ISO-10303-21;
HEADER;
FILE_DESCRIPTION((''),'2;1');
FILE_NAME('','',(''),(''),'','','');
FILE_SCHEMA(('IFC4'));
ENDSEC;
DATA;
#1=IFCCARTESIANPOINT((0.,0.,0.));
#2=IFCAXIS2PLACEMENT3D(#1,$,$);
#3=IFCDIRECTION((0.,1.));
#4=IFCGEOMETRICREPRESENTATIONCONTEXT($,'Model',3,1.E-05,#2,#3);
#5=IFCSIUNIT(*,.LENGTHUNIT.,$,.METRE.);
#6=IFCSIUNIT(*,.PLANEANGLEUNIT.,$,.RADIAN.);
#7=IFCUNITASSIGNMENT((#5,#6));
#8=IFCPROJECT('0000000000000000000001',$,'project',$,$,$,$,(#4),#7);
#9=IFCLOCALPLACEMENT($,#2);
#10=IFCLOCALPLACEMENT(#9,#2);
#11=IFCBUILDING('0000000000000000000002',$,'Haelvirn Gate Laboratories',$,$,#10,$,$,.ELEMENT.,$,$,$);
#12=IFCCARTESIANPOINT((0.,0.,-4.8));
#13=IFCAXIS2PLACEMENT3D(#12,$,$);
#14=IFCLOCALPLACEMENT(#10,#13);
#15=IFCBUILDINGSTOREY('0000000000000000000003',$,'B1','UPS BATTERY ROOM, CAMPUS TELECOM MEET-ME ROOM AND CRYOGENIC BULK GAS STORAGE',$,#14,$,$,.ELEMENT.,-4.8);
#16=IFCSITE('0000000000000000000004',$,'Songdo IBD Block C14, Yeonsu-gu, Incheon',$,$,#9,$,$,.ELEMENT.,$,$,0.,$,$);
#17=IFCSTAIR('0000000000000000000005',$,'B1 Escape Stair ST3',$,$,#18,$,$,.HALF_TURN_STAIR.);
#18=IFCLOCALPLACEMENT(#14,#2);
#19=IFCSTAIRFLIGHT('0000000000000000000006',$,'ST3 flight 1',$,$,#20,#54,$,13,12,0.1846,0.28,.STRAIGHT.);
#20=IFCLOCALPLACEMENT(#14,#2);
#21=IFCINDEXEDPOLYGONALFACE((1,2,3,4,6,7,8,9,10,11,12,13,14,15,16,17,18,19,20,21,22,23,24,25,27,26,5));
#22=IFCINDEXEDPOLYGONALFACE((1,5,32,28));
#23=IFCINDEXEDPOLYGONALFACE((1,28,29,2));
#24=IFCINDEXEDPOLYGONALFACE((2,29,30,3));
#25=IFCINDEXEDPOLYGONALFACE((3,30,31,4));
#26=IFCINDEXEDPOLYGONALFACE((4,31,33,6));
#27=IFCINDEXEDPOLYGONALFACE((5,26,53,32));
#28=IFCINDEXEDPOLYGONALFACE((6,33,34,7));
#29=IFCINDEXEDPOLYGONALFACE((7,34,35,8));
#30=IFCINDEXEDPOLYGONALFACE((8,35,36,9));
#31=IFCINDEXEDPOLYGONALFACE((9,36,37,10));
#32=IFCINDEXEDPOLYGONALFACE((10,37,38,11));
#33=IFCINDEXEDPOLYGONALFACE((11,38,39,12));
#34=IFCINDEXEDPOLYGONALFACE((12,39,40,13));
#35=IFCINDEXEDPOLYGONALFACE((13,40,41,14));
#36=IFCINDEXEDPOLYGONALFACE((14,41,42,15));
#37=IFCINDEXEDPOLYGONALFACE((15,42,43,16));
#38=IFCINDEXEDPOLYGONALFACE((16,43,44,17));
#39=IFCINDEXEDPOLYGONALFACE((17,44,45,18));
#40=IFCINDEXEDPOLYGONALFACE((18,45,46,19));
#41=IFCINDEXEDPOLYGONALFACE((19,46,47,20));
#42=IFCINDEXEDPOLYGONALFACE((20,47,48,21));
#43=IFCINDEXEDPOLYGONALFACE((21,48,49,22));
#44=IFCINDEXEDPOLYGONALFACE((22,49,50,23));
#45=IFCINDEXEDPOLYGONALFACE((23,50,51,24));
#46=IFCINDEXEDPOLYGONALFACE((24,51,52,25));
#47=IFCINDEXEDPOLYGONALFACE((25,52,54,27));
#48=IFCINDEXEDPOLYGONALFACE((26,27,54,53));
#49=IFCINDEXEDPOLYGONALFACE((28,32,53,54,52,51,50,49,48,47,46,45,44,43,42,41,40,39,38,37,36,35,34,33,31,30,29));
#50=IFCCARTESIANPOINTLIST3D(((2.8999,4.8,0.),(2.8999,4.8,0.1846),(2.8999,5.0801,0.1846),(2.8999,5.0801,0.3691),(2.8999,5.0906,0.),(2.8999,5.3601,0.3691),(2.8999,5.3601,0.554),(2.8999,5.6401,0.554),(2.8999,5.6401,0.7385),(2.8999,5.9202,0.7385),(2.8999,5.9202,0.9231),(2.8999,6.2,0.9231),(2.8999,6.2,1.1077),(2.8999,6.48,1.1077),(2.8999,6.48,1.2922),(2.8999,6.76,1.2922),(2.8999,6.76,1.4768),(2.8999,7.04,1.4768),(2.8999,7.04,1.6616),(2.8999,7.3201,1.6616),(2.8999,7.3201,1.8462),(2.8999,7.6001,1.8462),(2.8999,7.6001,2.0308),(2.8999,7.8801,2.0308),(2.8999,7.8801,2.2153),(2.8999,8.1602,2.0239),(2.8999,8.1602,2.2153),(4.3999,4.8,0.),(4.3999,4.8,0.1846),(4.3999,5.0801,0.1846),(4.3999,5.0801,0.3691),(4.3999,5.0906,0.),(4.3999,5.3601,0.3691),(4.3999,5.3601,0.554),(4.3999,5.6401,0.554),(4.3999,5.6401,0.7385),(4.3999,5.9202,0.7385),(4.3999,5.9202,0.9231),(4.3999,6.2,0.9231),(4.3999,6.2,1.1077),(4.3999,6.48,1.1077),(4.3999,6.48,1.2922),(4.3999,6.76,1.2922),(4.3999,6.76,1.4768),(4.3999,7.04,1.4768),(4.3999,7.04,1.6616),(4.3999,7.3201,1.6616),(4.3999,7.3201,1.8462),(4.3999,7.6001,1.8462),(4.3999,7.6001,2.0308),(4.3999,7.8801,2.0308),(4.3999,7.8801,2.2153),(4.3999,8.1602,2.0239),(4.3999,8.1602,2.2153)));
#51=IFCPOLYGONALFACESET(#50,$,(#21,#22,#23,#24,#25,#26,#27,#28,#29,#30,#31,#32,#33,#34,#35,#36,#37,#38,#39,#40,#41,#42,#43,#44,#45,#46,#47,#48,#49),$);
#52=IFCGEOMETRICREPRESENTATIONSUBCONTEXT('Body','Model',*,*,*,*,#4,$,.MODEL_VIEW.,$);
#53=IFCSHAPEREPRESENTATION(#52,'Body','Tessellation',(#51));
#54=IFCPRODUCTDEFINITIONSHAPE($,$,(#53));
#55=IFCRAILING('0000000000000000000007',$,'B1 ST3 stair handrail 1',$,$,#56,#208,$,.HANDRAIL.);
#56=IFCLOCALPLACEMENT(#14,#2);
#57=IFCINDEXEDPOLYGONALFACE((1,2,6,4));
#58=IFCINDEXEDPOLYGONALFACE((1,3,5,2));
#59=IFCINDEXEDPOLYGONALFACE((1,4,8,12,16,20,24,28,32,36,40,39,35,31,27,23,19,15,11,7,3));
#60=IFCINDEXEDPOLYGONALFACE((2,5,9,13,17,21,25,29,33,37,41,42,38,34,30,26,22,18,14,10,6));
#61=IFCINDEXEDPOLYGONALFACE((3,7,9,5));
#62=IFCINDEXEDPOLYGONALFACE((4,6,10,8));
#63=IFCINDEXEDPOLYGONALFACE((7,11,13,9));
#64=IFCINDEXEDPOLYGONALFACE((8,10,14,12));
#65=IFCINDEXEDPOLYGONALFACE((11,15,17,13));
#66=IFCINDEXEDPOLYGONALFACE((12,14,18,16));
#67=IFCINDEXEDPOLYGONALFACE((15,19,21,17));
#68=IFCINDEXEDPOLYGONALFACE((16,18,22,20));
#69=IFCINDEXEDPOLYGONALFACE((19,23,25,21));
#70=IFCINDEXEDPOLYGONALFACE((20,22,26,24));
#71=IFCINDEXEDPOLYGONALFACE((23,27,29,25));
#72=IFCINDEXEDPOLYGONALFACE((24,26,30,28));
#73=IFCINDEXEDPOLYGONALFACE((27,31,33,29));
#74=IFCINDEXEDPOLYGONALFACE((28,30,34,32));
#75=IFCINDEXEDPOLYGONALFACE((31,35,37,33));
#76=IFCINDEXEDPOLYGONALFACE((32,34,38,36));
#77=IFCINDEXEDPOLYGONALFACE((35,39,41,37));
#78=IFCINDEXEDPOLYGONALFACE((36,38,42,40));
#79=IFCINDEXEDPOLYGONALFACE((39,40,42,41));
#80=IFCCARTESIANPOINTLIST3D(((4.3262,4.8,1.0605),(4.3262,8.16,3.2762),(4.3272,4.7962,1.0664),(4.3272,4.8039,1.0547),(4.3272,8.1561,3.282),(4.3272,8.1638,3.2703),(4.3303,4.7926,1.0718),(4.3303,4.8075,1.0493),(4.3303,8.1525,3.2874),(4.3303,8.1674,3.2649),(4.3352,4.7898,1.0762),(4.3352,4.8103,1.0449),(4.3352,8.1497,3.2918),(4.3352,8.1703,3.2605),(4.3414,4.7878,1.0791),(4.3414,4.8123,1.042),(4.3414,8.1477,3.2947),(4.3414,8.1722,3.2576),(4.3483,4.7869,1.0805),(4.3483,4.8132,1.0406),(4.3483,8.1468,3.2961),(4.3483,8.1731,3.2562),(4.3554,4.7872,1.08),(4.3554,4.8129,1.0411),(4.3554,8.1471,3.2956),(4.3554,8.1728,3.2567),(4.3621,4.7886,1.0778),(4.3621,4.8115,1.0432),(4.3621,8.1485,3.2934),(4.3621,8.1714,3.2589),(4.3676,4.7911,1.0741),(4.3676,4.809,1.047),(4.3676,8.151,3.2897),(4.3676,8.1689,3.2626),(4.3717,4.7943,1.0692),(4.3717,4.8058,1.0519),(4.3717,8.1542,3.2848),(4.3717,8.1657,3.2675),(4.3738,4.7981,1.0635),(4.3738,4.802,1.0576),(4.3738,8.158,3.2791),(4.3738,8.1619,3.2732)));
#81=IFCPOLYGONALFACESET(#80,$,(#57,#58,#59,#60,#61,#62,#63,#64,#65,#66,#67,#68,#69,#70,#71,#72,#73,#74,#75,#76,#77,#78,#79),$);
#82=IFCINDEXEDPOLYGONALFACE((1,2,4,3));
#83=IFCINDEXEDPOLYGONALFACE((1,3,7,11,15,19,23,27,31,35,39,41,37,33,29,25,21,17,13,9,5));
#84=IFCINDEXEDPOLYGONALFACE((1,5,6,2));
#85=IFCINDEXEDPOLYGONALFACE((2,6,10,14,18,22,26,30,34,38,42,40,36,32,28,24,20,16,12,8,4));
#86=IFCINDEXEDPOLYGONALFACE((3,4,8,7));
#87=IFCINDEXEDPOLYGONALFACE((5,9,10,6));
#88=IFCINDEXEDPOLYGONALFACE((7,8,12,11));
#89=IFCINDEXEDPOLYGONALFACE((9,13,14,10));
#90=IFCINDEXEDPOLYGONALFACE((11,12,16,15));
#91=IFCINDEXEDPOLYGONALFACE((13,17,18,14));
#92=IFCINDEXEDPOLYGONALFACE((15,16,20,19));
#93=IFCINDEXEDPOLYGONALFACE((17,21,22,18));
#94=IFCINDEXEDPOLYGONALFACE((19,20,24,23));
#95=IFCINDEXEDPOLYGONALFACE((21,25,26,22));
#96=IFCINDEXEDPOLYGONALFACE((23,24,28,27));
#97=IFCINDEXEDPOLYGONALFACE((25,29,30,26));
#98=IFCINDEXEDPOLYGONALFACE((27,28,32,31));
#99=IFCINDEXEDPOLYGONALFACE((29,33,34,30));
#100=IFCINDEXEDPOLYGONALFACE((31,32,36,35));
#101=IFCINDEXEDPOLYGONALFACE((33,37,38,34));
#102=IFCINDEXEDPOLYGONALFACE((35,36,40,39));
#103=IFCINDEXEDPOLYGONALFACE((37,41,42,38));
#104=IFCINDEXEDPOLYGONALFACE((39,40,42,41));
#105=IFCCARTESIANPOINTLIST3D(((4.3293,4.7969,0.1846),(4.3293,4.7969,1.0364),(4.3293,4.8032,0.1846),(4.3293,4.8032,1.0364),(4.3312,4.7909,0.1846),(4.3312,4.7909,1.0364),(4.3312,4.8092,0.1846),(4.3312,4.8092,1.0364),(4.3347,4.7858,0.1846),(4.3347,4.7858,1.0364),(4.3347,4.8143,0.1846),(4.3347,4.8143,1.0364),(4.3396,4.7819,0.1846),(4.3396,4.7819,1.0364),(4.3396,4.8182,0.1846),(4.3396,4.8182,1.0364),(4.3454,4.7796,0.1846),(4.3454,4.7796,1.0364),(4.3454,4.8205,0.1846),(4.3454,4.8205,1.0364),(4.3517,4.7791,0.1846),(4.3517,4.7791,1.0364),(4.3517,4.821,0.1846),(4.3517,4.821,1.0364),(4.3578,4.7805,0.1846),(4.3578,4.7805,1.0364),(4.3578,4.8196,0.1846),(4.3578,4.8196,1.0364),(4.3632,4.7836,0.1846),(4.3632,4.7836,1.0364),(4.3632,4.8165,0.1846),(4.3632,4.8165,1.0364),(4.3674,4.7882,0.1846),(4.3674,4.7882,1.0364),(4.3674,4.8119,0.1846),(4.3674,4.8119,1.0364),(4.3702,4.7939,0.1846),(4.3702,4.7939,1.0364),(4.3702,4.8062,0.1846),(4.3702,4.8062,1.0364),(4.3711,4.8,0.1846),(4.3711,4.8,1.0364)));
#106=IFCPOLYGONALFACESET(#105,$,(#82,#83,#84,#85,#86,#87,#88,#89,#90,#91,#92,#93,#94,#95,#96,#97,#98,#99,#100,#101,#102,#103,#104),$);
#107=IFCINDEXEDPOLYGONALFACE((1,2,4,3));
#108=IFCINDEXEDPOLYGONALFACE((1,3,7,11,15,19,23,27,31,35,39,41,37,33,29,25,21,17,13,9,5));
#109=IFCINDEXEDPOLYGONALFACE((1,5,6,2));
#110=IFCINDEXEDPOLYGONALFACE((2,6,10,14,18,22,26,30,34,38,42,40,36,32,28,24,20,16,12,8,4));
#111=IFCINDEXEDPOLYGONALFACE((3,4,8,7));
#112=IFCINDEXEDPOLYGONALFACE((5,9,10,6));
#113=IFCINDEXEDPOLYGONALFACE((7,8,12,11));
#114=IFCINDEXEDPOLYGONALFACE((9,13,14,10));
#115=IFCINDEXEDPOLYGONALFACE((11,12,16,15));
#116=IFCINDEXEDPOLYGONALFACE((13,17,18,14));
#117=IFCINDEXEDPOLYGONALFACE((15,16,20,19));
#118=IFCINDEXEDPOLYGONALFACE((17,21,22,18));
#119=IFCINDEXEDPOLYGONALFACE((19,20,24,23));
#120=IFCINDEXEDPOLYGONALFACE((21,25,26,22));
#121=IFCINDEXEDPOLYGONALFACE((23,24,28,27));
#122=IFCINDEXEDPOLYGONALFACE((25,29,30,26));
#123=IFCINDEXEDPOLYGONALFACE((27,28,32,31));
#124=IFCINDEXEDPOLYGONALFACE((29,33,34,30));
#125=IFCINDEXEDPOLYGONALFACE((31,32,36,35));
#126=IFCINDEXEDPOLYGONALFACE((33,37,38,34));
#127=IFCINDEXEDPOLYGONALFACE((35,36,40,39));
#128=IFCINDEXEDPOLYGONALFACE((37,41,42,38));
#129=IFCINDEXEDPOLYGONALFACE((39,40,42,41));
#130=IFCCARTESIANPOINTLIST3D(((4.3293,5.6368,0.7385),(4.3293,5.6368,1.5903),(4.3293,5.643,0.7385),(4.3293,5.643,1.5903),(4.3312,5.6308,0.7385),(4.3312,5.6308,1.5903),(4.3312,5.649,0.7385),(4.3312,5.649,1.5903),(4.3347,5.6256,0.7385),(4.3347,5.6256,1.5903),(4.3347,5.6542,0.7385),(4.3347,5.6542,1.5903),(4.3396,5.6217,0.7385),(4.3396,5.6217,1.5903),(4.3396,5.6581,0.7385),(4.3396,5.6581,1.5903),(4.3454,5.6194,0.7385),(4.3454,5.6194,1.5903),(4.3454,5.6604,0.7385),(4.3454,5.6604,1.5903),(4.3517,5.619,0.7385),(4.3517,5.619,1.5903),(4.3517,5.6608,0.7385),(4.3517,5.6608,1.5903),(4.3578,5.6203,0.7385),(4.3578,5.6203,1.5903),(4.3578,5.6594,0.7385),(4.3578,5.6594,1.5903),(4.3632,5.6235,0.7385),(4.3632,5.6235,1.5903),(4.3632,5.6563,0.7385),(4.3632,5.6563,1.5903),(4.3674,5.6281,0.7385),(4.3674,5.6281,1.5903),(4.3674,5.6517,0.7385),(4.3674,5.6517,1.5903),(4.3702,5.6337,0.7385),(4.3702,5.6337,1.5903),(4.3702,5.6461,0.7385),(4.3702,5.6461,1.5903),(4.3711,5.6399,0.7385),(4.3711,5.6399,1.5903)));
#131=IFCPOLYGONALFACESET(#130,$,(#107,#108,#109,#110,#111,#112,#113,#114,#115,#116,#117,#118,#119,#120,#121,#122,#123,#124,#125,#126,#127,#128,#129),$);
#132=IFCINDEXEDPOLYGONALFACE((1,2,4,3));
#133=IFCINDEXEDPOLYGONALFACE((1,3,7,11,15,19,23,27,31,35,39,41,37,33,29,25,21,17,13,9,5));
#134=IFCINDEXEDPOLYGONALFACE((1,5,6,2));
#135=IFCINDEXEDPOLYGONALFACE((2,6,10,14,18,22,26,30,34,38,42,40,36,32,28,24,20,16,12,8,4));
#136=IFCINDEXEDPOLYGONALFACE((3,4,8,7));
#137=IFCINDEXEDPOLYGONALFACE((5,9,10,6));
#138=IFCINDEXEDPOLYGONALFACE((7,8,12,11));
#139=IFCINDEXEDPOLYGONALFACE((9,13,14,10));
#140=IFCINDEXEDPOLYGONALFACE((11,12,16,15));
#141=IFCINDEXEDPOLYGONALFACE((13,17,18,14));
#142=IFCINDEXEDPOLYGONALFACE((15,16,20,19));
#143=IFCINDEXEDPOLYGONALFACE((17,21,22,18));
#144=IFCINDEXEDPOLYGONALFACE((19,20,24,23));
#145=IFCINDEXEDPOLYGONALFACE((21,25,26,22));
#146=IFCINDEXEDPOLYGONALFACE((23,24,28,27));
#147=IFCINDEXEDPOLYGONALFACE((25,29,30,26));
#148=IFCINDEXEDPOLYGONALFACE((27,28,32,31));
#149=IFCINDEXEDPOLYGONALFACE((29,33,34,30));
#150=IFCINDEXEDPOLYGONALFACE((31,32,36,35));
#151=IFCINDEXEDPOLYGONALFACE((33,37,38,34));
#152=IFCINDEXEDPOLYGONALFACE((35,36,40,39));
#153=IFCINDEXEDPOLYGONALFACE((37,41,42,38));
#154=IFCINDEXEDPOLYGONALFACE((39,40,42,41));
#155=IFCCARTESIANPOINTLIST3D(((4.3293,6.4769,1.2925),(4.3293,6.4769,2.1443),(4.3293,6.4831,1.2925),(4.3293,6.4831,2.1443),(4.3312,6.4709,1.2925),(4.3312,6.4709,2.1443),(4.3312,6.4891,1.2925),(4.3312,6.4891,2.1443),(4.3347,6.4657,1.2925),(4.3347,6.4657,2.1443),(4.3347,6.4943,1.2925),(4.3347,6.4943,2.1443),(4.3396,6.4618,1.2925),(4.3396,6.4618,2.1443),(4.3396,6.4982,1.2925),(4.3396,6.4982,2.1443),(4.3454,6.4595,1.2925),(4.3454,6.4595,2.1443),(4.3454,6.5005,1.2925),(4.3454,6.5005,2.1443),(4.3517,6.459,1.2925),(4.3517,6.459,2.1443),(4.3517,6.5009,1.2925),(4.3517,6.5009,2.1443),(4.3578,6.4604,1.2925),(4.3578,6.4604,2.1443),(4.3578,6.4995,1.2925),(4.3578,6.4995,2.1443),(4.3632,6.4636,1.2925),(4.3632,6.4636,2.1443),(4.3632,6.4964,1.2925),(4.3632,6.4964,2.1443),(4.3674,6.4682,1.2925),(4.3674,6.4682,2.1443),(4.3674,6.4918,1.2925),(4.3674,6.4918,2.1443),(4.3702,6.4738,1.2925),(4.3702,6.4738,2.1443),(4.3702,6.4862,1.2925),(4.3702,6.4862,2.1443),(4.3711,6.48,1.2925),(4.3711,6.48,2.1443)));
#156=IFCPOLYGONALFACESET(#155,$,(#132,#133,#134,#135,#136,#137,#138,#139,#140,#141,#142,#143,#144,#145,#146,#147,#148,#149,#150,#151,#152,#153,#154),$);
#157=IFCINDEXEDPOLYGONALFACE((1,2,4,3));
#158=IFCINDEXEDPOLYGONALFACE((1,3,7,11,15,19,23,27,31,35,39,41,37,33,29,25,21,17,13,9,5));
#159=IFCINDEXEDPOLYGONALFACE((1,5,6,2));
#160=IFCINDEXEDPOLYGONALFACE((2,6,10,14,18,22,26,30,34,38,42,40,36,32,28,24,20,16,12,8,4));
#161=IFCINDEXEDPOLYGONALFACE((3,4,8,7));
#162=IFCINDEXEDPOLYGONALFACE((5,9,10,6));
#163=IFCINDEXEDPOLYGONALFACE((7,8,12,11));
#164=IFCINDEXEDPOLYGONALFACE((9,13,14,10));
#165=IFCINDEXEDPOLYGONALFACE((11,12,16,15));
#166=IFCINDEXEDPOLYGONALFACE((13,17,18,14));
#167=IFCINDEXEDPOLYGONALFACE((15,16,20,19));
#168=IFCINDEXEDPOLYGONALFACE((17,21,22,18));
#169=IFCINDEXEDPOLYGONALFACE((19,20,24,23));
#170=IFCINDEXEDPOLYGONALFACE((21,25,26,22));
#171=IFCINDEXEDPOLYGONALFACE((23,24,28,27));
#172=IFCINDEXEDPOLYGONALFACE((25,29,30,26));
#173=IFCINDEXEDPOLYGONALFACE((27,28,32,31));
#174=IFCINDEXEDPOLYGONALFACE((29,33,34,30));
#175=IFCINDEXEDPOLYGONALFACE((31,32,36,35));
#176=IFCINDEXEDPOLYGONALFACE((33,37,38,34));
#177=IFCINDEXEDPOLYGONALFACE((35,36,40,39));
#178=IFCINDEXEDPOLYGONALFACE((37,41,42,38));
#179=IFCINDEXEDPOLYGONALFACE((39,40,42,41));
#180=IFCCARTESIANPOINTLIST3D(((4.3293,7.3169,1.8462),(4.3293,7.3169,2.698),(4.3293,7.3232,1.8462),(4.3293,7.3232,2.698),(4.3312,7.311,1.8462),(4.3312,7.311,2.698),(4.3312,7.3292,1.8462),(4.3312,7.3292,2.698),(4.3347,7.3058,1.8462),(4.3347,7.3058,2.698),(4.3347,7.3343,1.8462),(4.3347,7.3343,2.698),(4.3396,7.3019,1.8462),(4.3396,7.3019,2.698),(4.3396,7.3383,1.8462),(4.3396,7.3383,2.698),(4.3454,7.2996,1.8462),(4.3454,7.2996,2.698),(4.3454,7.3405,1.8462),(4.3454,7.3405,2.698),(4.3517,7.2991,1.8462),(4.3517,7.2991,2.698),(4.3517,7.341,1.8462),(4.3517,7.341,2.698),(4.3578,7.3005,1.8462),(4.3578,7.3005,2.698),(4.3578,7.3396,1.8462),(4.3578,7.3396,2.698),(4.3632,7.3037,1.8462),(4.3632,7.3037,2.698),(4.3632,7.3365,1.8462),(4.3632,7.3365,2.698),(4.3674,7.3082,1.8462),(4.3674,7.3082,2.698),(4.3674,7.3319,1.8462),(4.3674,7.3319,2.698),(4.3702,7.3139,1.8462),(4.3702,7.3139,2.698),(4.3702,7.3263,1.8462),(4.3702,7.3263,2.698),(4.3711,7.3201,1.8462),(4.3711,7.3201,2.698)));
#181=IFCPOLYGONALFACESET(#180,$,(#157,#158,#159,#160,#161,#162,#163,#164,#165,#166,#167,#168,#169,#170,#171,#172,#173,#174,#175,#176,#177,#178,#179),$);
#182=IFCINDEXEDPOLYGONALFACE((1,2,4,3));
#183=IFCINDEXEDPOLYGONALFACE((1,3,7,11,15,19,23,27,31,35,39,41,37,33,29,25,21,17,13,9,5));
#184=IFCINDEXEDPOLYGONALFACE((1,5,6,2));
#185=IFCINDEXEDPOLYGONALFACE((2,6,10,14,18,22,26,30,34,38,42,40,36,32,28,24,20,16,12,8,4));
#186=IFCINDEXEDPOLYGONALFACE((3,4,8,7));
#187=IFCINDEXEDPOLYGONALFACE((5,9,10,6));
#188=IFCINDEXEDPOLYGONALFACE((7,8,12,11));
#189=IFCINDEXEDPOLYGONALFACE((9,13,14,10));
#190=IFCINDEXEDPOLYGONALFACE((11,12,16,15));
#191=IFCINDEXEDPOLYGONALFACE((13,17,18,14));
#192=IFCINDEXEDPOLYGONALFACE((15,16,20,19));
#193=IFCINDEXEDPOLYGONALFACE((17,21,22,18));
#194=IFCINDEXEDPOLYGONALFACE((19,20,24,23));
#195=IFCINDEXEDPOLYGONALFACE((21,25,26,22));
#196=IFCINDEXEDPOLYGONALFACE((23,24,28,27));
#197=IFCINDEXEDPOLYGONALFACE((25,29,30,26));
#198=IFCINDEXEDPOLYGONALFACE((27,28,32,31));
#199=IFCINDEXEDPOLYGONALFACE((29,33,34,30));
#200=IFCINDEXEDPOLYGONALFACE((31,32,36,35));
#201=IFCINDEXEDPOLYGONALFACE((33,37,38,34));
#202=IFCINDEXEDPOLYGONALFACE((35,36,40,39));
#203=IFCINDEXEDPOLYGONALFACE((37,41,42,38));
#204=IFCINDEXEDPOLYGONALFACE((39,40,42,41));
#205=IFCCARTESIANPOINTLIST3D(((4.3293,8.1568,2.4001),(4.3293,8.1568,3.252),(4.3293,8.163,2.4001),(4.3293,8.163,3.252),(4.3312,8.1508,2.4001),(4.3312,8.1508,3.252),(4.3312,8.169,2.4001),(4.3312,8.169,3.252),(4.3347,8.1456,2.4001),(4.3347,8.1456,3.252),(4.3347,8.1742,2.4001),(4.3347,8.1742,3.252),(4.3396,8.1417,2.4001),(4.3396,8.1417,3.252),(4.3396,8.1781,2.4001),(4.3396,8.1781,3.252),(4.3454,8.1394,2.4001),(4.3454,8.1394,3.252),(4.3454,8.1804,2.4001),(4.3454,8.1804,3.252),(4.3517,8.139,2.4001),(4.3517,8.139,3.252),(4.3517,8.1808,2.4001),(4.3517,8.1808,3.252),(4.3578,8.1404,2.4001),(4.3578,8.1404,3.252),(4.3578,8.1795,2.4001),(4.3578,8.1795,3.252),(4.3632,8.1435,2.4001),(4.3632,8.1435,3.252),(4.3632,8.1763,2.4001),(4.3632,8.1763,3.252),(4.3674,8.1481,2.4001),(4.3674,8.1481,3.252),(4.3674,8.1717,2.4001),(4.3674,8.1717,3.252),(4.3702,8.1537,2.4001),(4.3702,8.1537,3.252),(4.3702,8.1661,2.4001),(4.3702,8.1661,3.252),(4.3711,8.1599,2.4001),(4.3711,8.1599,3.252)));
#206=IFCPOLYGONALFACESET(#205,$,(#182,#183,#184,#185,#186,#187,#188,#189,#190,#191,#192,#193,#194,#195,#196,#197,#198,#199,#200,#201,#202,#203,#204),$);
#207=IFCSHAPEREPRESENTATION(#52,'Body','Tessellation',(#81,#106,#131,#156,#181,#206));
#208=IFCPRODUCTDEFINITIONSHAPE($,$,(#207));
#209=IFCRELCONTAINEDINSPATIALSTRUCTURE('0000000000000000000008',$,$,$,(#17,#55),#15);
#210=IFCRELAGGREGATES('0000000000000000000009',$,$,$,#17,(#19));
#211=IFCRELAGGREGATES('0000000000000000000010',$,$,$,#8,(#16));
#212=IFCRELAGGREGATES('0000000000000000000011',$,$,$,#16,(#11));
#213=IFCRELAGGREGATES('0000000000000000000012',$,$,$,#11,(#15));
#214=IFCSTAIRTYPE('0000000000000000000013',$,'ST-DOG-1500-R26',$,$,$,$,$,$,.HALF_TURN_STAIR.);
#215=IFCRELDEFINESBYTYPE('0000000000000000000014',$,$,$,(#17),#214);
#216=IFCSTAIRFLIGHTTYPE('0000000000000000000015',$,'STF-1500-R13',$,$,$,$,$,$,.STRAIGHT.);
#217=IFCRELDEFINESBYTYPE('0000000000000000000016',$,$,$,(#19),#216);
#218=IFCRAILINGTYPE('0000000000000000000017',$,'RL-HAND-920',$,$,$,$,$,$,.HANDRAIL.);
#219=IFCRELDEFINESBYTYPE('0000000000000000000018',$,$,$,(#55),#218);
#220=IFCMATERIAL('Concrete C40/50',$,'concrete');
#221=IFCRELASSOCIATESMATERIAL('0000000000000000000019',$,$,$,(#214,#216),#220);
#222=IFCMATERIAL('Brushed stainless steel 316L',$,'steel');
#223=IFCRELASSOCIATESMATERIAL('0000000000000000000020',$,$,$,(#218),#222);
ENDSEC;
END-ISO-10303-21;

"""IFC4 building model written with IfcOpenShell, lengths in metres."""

from ifc_helpers import new_model, si_unit, direction, frame, origin, origin_2d, place, context, subcontext, project, spatial, polyline, circle, outline, extrude, source, transform, mapped, material, type_object, type_shapes, element, aggregate, save


model = new_model("IFC4")

# Units and contexts
model_context = context("Model", 3, precision=1e-05, world=origin(), true_north=direction((0.0, 1.0)))
body_context = subcontext(model_context, "Body", "Model", "MODEL_VIEW")
ifc_project = project(units=[si_unit("LENGTHUNIT", "METRE"), si_unit("PLANEANGLEUNIT", "RADIAN")], contexts=[model_context])

# Site, building, storey
site_placement = place(None, origin())
site = spatial("IfcSite", under=ifc_project, at=site_placement, Name="Songdo IBD Block C14, Yeonsu-gu, Incheon", CompositionType="ELEMENT", RefElevation=0.0)
building_placement = place(site_placement, origin())
building = spatial("IfcBuilding", under=site, at=building_placement, Name="Haelvirn Gate Laboratories", CompositionType="ELEMENT")
storey_placement = place(building_placement, frame((0.0, 0.0, -4.8)))
storey = spatial("IfcBuildingStorey", under=building, at=storey_placement, Name="B1", Description="UPS BATTERY ROOM, CAMPUS TELECOM MEET-ME ROOM AND CRYOGENIC BULK GAS STORAGE", CompositionType="ELEMENT", Elevation=-4.8)

# Shared definitions
ifc_material_1 = material(Name="Concrete C40/50", Category="concrete")

# Stair, stair flight
stair_type = type_object("IfcStairType", Name="ST-DOG-1500-R26", PredefinedType="HALF_TURN_STAIR", material=ifc_material_1)
stair_placement = place(storey_placement, origin())
stair = element("IfcStair", 1, at=stair_placement, inside=storey, type_object=stair_type, Name="B1 Escape Stair ST3", PredefinedType="HALF_TURN_STAIR")
stair_flight_type = type_object("IfcStairFlightType", Name="STF-1500-R13", PredefinedType="STRAIGHT", material=ifc_material_1)
shared_shape_1 = source(origin(), body_context, "Body", "SweptSolid", [
    extrude(outline(polyline([(0.0, 0.0), (0.0, 0.1846), (0.28, 0.1846), (0.28, 0.3691), (0.5601, 0.3691), (0.5601, 0.554), (0.8401, 0.554), (0.8401, 0.7385), (1.1201, 0.7385), (1.1201, 0.9231), (1.3999, 0.9231), (1.3999, 1.1077), (1.6799, 1.1077), (1.6799, 1.2922), (1.96, 1.2922), (1.96, 1.4768), (2.24, 1.4768), (2.24, 1.6616), (2.52, 1.6616), (2.52, 1.8462), (2.8, 1.8462), (2.8, 2.0308), (3.0801, 2.0308), (3.0801, 2.2153), (3.3601, 2.2153), (3.3601, 2.3999), (3.3601, 2.0239), (0.2905, 0.0), (0.0, 0.0)])), frame((0.0, 0.75, 0.0), z_axis=(0.0, -1.0, 0.0), x_axis=(1.0, 0.0, 0.0)), (0.0, 0.0, 1.0), 1.5),
])
type_shapes(stair_flight_type, [shared_shape_1])
stair_flight_placement = place(storey_placement, frame((3.6499, 4.8, 0.0), z_axis=(0.0, 0.0, 1.0), x_axis=(0.0, 1.0, 0.0)))
stair_flight = element("IfcStairFlight", 2, at=stair_flight_placement, type_object=stair_flight_type, Name="ST3 flight 1", NumberOfRisers=13, NumberOfTreads=12, PredefinedType="STRAIGHT", RiserHeight=0.1846, TreadLength=0.28, context=body_context, shape_type="MappedRepresentation", body=[
    mapped(shared_shape_1, transform((0.0, 0.0, 0.0), scale=1.0)),
])
aggregate(stair, [stair_flight])

# Railing
ifc_material_2 = material(Name="Brushed stainless steel 316L", Category="steel")
railing_type = type_object("IfcRailingType", Name="RL-HAND-920", PredefinedType="HANDRAIL", material=ifc_material_2)
shared_shape_2 = source(origin(), body_context, "Body", "SweptSolid", [
    extrude(circle(Radius=0.0239, at=origin_2d()), frame((0.0, 0.0, 0.876), z_axis=(0.0, 0.83483, 0.550508), x_axis=(-1.0, 0.0, 0.0)), (0.0, 0.0, 1.0), 4.0247),
    extrude(circle(Radius=0.021, at=origin_2d()), origin(), (0.0, 0.0, 1.0), 0.8518),
    extrude(circle(Radius=0.021, at=origin_2d()), frame((0.0, 0.8398, 0.554)), (0.0, 0.0, 1.0), 0.8518),
    extrude(circle(Radius=0.021, at=origin_2d()), frame((0.0, 1.6799, 1.1079)), (0.0, 0.0, 1.0), 0.8518),
    extrude(circle(Radius=0.021, at=origin_2d()), frame((0.0, 2.52, 1.6616)), (0.0, 0.0, 1.0), 0.8518),
    extrude(circle(Radius=0.021, at=origin_2d()), frame((0.0, 3.3599, 2.2156)), (0.0, 0.0, 1.0), 0.8518),
])
type_shapes(railing_type, [shared_shape_2])
railing_placement = place(storey_placement, frame((4.3501, 4.8, 0.1846)))
element("IfcRailing", 3, at=railing_placement, inside=storey, type_object=railing_type, Name="B1 ST3 stair handrail 1", PredefinedType="HANDRAIL", context=body_context, shape_type="MappedRepresentation", body=[
    mapped(shared_shape_2, transform((0.0, 0.0, 0.0), scale=1.0)),
])

save(model, "model.ifc")
